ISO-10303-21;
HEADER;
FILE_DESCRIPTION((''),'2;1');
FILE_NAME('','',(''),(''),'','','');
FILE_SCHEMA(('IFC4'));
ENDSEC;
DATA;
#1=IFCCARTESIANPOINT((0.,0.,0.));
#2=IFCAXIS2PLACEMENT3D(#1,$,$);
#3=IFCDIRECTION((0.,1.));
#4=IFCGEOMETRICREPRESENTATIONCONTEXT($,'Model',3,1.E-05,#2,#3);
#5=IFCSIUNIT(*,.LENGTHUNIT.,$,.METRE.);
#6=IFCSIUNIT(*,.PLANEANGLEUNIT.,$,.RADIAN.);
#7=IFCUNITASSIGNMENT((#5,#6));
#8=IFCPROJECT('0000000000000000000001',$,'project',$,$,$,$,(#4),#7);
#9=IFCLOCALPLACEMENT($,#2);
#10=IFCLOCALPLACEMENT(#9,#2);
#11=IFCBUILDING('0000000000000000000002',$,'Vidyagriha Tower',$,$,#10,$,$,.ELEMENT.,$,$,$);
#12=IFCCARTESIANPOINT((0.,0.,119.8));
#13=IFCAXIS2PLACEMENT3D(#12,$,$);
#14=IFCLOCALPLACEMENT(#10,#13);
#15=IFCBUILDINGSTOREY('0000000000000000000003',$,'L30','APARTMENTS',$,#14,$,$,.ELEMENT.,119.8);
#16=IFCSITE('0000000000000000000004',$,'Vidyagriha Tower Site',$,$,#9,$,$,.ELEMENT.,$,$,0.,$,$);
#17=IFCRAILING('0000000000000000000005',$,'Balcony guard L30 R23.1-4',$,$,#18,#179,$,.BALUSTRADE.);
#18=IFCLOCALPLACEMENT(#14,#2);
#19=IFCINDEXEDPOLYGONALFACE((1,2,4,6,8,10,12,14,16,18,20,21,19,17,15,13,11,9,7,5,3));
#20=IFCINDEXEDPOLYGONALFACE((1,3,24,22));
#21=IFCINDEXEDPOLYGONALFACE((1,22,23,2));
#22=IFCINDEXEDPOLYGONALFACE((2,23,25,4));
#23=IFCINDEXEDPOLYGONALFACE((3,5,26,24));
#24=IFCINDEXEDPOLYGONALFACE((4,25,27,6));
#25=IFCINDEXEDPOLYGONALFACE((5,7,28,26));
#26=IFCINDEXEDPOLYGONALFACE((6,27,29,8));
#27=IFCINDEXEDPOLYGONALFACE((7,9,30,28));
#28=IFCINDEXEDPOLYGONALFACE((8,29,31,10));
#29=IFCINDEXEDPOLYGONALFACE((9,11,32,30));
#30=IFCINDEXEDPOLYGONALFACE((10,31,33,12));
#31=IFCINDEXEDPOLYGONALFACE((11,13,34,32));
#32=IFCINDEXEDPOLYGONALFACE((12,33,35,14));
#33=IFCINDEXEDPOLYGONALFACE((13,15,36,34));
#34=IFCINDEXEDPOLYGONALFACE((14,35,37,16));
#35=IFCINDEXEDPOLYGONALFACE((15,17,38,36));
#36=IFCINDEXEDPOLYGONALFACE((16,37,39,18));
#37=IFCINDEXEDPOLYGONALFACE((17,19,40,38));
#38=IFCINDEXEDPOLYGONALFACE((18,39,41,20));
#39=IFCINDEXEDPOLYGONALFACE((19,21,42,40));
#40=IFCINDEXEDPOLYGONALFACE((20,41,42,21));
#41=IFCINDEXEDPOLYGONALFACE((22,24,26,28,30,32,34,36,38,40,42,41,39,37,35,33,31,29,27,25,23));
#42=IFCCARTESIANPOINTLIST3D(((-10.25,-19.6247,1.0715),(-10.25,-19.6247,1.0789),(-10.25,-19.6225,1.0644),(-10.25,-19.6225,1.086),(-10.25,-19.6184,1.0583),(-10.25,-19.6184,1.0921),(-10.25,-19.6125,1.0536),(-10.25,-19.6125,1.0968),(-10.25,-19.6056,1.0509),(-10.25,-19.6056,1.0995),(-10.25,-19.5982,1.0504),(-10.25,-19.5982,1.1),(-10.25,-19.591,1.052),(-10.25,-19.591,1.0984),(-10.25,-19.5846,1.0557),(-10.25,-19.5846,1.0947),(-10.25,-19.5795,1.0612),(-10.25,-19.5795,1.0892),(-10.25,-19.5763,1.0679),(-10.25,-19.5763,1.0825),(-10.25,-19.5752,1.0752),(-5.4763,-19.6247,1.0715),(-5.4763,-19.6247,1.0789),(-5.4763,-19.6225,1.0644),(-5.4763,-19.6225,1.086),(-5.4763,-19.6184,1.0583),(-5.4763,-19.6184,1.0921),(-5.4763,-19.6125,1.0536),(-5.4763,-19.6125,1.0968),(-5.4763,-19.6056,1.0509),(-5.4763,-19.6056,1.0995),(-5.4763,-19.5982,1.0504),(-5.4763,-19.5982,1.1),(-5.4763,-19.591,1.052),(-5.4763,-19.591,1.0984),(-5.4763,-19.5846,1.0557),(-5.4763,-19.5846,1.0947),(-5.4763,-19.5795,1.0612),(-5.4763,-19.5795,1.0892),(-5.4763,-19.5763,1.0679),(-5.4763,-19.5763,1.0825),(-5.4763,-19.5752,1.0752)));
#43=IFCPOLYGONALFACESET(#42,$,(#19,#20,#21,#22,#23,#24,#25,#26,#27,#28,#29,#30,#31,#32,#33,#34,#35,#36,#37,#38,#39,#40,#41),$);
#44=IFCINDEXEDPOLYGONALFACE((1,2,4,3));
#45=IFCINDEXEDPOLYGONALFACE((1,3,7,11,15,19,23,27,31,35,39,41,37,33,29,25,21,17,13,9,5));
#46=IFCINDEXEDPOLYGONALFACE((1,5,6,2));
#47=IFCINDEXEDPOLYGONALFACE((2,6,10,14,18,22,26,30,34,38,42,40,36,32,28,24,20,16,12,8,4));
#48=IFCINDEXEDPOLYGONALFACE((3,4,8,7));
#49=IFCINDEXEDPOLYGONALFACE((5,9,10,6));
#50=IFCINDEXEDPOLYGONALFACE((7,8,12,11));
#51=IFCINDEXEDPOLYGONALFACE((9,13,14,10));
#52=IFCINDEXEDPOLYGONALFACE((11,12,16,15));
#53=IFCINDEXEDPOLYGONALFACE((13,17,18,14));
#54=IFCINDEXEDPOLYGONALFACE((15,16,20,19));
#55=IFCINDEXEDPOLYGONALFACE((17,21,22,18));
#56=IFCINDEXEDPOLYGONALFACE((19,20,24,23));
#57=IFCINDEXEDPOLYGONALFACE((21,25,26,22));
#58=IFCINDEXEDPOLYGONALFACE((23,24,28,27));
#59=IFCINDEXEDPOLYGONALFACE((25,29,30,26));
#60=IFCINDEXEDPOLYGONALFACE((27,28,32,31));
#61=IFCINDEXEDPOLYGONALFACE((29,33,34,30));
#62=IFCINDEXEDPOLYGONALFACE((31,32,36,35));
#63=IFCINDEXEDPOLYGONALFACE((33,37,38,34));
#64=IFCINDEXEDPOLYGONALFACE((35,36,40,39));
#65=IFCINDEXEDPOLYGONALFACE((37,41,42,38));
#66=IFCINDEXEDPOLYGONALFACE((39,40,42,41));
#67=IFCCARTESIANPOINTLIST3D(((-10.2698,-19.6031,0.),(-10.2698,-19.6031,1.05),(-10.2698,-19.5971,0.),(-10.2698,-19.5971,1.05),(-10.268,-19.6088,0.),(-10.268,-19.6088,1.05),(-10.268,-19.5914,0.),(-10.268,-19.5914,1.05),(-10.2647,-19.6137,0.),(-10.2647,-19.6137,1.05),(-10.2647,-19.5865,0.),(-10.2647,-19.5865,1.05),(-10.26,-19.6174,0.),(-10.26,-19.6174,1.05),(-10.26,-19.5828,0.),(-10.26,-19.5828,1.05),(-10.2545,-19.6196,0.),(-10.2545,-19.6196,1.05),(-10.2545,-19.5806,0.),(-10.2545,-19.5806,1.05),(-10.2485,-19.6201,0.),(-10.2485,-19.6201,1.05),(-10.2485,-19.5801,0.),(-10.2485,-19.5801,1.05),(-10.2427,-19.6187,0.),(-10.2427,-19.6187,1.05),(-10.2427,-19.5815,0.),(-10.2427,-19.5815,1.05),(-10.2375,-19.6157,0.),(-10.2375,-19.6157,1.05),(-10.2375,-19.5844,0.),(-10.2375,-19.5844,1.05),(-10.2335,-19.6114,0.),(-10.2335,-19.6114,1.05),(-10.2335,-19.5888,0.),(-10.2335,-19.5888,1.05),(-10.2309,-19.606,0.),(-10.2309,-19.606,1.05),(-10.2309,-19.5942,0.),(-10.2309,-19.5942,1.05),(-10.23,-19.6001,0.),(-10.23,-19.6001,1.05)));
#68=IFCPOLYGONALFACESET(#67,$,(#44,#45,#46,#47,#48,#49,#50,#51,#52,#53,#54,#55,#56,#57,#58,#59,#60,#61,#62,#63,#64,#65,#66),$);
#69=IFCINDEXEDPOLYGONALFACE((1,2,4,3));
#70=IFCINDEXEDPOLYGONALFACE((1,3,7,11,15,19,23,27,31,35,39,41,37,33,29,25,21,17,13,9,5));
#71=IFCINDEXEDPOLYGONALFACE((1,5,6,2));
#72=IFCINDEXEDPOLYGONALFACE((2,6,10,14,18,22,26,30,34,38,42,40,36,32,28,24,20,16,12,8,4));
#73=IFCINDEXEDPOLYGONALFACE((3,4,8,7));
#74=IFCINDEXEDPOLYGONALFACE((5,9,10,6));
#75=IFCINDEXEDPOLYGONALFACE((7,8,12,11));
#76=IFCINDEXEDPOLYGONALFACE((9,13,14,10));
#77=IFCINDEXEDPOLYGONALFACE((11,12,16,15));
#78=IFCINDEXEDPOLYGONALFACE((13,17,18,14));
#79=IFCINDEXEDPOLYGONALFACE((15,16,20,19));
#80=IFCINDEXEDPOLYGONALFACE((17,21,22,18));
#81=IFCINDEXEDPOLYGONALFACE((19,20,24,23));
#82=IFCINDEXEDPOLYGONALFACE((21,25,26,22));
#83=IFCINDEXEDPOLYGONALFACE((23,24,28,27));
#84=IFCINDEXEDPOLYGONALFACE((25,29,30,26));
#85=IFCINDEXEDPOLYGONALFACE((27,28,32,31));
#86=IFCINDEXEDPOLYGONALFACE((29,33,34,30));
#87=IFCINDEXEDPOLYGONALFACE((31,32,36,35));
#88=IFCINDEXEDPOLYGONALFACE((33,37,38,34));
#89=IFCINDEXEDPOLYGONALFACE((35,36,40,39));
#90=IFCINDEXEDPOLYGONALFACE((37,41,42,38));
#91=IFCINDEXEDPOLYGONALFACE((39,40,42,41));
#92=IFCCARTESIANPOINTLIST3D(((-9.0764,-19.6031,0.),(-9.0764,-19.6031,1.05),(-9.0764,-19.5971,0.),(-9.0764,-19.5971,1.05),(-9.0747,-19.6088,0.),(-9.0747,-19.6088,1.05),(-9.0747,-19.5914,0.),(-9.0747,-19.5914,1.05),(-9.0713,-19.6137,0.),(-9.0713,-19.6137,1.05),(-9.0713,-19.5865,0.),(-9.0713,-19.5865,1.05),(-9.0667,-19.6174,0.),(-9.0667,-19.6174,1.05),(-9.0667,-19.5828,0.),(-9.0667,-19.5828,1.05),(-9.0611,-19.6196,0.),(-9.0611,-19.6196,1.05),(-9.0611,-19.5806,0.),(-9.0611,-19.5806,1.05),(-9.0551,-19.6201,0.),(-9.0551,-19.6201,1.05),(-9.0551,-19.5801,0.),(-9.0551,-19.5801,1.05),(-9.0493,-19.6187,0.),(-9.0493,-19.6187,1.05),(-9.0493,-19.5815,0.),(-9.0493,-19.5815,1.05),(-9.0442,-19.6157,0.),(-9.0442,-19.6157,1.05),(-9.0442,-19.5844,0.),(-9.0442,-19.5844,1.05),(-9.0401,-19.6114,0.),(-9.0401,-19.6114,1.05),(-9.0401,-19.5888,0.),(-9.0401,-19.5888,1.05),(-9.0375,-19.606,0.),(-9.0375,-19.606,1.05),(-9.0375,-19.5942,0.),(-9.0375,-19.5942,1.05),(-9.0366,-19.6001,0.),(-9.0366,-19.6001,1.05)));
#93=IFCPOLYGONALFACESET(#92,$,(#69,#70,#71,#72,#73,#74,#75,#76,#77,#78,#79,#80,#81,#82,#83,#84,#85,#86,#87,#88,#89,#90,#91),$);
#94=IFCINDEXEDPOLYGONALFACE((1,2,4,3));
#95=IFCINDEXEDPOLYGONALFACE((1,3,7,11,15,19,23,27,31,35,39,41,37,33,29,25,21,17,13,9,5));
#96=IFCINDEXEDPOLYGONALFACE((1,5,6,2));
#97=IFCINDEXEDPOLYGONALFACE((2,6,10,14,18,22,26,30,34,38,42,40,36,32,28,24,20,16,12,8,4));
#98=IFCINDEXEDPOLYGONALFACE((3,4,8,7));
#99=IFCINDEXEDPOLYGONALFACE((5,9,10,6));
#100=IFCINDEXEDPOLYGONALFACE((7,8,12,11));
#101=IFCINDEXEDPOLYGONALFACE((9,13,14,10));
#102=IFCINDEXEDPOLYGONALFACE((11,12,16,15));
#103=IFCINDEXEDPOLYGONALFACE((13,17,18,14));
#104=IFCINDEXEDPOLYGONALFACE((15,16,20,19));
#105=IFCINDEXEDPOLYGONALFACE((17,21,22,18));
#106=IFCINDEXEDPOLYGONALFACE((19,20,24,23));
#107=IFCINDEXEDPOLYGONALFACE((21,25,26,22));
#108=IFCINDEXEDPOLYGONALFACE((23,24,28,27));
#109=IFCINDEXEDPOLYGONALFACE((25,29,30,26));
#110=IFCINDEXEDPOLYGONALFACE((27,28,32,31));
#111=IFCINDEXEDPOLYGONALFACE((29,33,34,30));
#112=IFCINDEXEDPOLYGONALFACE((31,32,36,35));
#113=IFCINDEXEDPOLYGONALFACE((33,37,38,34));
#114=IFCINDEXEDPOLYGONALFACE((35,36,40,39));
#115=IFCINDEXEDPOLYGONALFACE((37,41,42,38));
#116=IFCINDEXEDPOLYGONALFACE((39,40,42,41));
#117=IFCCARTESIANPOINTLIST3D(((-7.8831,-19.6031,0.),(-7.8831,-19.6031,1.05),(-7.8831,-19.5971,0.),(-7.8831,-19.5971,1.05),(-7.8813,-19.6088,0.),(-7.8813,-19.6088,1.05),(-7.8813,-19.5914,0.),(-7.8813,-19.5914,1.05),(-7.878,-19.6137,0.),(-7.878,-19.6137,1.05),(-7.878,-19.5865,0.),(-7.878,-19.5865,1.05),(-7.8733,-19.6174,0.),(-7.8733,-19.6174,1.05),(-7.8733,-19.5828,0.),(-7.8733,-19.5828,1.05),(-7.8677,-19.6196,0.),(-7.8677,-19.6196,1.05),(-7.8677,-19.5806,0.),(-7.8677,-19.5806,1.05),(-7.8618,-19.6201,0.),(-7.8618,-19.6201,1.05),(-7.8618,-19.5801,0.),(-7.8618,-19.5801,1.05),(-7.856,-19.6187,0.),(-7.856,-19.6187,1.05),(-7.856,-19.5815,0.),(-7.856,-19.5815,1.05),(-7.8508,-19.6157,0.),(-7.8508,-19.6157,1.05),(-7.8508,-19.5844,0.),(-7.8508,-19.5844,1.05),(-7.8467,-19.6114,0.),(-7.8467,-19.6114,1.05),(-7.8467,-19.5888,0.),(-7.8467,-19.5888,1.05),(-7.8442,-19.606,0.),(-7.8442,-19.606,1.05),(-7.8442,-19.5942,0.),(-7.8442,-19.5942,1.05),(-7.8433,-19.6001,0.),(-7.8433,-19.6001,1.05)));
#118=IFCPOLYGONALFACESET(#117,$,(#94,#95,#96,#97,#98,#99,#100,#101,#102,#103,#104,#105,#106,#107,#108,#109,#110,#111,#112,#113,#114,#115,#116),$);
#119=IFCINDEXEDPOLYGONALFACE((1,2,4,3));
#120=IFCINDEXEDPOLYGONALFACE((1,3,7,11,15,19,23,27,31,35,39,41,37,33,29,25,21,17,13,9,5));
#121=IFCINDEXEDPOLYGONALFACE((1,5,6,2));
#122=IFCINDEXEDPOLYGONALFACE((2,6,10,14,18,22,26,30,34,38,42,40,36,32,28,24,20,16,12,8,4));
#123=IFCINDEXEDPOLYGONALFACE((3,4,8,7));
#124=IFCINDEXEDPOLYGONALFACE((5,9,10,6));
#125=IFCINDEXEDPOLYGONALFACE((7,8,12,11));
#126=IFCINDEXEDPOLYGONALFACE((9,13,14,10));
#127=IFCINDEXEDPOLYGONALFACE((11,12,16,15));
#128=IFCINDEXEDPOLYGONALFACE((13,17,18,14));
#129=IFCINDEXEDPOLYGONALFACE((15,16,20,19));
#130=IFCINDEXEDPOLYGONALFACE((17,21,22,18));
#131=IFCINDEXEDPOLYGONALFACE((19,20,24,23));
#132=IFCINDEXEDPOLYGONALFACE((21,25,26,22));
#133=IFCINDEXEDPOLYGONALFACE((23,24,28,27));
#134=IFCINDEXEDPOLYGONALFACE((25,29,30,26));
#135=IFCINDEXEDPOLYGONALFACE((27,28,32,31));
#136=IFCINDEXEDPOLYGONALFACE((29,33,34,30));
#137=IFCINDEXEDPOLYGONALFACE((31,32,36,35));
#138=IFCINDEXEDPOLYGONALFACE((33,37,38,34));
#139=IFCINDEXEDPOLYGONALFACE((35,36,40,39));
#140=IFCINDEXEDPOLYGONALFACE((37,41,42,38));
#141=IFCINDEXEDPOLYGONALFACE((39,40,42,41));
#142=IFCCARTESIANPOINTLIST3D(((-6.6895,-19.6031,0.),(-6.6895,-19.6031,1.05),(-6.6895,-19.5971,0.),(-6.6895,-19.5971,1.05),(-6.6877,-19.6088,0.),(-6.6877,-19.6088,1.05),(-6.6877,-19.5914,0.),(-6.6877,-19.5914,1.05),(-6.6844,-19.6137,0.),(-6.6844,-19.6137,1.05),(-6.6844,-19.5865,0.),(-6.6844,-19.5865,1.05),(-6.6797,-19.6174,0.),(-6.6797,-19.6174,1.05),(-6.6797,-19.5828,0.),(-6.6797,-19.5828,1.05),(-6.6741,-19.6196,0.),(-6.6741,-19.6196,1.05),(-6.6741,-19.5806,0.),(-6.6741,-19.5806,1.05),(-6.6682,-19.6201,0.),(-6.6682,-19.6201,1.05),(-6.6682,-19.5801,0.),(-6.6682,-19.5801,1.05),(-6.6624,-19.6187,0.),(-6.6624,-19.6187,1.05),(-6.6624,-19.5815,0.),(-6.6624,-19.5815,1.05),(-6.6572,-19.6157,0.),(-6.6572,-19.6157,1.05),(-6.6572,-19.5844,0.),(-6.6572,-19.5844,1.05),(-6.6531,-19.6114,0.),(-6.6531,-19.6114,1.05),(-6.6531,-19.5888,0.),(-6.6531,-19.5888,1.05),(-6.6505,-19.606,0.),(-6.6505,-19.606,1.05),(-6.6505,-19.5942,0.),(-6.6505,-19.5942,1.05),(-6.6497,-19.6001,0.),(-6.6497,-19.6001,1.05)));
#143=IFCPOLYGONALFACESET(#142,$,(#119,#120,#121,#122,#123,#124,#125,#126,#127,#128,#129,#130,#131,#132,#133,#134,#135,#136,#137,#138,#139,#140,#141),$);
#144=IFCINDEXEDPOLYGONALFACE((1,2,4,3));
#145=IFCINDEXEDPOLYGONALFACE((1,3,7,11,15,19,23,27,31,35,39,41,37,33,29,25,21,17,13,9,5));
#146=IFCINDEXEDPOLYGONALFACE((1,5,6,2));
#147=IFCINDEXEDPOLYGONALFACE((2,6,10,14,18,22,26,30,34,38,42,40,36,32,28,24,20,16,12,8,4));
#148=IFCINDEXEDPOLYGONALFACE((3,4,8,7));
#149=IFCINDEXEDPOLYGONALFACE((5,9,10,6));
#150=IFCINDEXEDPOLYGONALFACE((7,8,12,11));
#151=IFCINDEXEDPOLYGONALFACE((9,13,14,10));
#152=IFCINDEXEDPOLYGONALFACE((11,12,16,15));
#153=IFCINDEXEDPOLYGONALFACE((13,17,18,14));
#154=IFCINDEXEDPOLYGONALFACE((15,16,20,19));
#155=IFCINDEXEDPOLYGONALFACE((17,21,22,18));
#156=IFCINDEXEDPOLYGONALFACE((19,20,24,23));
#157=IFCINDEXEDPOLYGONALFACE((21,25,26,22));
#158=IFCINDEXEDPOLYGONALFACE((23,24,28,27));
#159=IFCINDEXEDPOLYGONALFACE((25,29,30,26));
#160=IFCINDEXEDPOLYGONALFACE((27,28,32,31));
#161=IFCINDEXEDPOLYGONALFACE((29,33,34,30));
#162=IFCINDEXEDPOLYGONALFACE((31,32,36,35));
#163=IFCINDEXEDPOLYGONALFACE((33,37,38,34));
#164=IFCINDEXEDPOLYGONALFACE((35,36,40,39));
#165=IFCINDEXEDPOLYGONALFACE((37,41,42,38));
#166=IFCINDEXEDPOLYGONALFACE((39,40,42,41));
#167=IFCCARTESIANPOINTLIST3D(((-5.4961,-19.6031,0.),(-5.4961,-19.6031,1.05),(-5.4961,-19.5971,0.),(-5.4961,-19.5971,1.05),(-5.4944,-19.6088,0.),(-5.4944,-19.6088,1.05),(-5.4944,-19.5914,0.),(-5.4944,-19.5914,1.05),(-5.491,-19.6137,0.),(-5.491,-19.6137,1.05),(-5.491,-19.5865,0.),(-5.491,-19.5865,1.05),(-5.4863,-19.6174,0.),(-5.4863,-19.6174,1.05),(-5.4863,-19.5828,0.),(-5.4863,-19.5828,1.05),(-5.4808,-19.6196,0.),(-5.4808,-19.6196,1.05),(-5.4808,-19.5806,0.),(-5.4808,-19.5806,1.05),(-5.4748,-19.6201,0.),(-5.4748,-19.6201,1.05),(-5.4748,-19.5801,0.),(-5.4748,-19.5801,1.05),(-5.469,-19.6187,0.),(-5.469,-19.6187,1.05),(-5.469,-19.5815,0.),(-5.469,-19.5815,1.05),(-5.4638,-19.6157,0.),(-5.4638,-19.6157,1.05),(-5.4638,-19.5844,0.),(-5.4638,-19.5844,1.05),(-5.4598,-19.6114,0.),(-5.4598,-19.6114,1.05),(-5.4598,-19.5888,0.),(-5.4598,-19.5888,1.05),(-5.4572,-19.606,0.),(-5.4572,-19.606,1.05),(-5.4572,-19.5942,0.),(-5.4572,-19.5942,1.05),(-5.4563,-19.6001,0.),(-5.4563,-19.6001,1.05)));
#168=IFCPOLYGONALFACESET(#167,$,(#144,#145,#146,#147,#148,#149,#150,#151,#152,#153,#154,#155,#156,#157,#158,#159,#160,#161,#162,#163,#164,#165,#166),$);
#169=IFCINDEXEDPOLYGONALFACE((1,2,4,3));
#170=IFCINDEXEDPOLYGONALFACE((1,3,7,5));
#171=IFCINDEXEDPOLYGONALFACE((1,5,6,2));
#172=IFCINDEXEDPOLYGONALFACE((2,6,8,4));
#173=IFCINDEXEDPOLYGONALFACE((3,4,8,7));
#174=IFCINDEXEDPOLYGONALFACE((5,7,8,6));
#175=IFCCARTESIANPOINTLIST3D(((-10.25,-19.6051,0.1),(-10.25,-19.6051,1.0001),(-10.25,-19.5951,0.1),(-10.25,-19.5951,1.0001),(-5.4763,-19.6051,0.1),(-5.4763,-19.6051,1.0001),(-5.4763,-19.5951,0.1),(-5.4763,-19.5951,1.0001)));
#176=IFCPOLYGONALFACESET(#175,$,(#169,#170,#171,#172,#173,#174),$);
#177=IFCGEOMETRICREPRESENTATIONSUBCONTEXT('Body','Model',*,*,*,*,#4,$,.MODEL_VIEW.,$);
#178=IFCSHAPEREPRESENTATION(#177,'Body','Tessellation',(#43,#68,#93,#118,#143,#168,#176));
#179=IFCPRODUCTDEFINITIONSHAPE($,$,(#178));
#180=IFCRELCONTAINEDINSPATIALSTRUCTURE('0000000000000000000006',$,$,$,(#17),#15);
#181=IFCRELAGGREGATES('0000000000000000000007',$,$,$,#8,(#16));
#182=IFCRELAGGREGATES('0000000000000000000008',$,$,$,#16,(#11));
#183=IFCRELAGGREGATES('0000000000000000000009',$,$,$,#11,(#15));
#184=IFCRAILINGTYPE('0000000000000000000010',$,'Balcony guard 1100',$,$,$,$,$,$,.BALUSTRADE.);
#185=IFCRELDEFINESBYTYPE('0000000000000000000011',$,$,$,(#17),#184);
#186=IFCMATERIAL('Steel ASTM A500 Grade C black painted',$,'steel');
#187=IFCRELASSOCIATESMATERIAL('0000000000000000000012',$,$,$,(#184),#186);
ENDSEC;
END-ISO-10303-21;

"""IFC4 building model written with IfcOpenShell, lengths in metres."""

from ifc_helpers import new_model, si_unit, direction, frame, origin, origin_2d, place, context, subcontext, project, spatial, rectangle, circle, extrude, material, type_object, element, save


model = new_model("IFC4")

# Units and contexts
model_context = context("Model", 3, precision=1e-05, world=origin(), true_north=direction((0.0, 1.0)))
body_context = subcontext(model_context, "Body", "Model", "MODEL_VIEW")
ifc_project = project(units=[si_unit("LENGTHUNIT", "METRE"), si_unit("PLANEANGLEUNIT", "RADIAN")], contexts=[model_context])

# Site, building, storey
site_placement = place(None, origin())
site = spatial("IfcSite", under=ifc_project, at=site_placement, Name="Vidyagriha Tower Site", CompositionType="ELEMENT", RefElevation=0.0)
building_placement = place(site_placement, origin())
building = spatial("IfcBuilding", under=site, at=building_placement, Name="Vidyagriha Tower", CompositionType="ELEMENT")
storey_placement = place(building_placement, frame((0.0, 0.0, 119.8)))
storey = spatial("IfcBuildingStorey", under=building, at=storey_placement, Name="L30", Description="APARTMENTS", CompositionType="ELEMENT", Elevation=119.8)

# Railing
ifc_material_1 = material(Name="Steel ASTM A500 Grade C black painted", Category="steel")
railing_type = type_object("IfcRailingType", Name="Balcony guard 1100", PredefinedType="BALUSTRADE", material=ifc_material_1)
railing_1_placement = place(storey_placement, frame((-10.25, -19.6001, 0.0)))
element("IfcRailing", 1, at=railing_1_placement, inside=storey, type_object=railing_type, Name="Balcony guard L30 R23.1-4", PredefinedType="BALUSTRADE", context=body_context, shape_type="SweptSolid", body=[
    extrude(circle(Radius=0.0249, at=origin_2d()), frame((0.0, 0.0, 1.0752), z_axis=(1.0, 0.0, 0.0), x_axis=(0.0, 1.0, 0.0)), (0.0, 0.0, 1.0), 4.7737),
    extrude(circle(Radius=0.02, at=origin_2d()), origin(), (0.0, 0.0, 1.0), 1.05),
    extrude(circle(Radius=0.02, at=origin_2d()), frame((1.1934, 0.0, 0.0)), (0.0, 0.0, 1.0), 1.05),
    extrude(circle(Radius=0.02, at=origin_2d()), frame((2.3867, 0.0, 0.0)), (0.0, 0.0, 1.0), 1.05),
    extrude(circle(Radius=0.02, at=origin_2d()), frame((3.5803, 0.0, 0.0)), (0.0, 0.0, 1.0), 1.05),
    extrude(circle(Radius=0.02, at=origin_2d()), frame((4.7737, 0.0, 0.0)), (0.0, 0.0, 1.0), 1.05),
    extrude(rectangle(XDim=0.01, YDim=0.9001, at=origin_2d()), frame((0.0, 0.0, 0.55), z_axis=(1.0, 0.0, 0.0), x_axis=(0.0, 1.0, 0.0)), (0.0, 0.0, 1.0), 4.7737),
])

save(model, "model.ifc")
